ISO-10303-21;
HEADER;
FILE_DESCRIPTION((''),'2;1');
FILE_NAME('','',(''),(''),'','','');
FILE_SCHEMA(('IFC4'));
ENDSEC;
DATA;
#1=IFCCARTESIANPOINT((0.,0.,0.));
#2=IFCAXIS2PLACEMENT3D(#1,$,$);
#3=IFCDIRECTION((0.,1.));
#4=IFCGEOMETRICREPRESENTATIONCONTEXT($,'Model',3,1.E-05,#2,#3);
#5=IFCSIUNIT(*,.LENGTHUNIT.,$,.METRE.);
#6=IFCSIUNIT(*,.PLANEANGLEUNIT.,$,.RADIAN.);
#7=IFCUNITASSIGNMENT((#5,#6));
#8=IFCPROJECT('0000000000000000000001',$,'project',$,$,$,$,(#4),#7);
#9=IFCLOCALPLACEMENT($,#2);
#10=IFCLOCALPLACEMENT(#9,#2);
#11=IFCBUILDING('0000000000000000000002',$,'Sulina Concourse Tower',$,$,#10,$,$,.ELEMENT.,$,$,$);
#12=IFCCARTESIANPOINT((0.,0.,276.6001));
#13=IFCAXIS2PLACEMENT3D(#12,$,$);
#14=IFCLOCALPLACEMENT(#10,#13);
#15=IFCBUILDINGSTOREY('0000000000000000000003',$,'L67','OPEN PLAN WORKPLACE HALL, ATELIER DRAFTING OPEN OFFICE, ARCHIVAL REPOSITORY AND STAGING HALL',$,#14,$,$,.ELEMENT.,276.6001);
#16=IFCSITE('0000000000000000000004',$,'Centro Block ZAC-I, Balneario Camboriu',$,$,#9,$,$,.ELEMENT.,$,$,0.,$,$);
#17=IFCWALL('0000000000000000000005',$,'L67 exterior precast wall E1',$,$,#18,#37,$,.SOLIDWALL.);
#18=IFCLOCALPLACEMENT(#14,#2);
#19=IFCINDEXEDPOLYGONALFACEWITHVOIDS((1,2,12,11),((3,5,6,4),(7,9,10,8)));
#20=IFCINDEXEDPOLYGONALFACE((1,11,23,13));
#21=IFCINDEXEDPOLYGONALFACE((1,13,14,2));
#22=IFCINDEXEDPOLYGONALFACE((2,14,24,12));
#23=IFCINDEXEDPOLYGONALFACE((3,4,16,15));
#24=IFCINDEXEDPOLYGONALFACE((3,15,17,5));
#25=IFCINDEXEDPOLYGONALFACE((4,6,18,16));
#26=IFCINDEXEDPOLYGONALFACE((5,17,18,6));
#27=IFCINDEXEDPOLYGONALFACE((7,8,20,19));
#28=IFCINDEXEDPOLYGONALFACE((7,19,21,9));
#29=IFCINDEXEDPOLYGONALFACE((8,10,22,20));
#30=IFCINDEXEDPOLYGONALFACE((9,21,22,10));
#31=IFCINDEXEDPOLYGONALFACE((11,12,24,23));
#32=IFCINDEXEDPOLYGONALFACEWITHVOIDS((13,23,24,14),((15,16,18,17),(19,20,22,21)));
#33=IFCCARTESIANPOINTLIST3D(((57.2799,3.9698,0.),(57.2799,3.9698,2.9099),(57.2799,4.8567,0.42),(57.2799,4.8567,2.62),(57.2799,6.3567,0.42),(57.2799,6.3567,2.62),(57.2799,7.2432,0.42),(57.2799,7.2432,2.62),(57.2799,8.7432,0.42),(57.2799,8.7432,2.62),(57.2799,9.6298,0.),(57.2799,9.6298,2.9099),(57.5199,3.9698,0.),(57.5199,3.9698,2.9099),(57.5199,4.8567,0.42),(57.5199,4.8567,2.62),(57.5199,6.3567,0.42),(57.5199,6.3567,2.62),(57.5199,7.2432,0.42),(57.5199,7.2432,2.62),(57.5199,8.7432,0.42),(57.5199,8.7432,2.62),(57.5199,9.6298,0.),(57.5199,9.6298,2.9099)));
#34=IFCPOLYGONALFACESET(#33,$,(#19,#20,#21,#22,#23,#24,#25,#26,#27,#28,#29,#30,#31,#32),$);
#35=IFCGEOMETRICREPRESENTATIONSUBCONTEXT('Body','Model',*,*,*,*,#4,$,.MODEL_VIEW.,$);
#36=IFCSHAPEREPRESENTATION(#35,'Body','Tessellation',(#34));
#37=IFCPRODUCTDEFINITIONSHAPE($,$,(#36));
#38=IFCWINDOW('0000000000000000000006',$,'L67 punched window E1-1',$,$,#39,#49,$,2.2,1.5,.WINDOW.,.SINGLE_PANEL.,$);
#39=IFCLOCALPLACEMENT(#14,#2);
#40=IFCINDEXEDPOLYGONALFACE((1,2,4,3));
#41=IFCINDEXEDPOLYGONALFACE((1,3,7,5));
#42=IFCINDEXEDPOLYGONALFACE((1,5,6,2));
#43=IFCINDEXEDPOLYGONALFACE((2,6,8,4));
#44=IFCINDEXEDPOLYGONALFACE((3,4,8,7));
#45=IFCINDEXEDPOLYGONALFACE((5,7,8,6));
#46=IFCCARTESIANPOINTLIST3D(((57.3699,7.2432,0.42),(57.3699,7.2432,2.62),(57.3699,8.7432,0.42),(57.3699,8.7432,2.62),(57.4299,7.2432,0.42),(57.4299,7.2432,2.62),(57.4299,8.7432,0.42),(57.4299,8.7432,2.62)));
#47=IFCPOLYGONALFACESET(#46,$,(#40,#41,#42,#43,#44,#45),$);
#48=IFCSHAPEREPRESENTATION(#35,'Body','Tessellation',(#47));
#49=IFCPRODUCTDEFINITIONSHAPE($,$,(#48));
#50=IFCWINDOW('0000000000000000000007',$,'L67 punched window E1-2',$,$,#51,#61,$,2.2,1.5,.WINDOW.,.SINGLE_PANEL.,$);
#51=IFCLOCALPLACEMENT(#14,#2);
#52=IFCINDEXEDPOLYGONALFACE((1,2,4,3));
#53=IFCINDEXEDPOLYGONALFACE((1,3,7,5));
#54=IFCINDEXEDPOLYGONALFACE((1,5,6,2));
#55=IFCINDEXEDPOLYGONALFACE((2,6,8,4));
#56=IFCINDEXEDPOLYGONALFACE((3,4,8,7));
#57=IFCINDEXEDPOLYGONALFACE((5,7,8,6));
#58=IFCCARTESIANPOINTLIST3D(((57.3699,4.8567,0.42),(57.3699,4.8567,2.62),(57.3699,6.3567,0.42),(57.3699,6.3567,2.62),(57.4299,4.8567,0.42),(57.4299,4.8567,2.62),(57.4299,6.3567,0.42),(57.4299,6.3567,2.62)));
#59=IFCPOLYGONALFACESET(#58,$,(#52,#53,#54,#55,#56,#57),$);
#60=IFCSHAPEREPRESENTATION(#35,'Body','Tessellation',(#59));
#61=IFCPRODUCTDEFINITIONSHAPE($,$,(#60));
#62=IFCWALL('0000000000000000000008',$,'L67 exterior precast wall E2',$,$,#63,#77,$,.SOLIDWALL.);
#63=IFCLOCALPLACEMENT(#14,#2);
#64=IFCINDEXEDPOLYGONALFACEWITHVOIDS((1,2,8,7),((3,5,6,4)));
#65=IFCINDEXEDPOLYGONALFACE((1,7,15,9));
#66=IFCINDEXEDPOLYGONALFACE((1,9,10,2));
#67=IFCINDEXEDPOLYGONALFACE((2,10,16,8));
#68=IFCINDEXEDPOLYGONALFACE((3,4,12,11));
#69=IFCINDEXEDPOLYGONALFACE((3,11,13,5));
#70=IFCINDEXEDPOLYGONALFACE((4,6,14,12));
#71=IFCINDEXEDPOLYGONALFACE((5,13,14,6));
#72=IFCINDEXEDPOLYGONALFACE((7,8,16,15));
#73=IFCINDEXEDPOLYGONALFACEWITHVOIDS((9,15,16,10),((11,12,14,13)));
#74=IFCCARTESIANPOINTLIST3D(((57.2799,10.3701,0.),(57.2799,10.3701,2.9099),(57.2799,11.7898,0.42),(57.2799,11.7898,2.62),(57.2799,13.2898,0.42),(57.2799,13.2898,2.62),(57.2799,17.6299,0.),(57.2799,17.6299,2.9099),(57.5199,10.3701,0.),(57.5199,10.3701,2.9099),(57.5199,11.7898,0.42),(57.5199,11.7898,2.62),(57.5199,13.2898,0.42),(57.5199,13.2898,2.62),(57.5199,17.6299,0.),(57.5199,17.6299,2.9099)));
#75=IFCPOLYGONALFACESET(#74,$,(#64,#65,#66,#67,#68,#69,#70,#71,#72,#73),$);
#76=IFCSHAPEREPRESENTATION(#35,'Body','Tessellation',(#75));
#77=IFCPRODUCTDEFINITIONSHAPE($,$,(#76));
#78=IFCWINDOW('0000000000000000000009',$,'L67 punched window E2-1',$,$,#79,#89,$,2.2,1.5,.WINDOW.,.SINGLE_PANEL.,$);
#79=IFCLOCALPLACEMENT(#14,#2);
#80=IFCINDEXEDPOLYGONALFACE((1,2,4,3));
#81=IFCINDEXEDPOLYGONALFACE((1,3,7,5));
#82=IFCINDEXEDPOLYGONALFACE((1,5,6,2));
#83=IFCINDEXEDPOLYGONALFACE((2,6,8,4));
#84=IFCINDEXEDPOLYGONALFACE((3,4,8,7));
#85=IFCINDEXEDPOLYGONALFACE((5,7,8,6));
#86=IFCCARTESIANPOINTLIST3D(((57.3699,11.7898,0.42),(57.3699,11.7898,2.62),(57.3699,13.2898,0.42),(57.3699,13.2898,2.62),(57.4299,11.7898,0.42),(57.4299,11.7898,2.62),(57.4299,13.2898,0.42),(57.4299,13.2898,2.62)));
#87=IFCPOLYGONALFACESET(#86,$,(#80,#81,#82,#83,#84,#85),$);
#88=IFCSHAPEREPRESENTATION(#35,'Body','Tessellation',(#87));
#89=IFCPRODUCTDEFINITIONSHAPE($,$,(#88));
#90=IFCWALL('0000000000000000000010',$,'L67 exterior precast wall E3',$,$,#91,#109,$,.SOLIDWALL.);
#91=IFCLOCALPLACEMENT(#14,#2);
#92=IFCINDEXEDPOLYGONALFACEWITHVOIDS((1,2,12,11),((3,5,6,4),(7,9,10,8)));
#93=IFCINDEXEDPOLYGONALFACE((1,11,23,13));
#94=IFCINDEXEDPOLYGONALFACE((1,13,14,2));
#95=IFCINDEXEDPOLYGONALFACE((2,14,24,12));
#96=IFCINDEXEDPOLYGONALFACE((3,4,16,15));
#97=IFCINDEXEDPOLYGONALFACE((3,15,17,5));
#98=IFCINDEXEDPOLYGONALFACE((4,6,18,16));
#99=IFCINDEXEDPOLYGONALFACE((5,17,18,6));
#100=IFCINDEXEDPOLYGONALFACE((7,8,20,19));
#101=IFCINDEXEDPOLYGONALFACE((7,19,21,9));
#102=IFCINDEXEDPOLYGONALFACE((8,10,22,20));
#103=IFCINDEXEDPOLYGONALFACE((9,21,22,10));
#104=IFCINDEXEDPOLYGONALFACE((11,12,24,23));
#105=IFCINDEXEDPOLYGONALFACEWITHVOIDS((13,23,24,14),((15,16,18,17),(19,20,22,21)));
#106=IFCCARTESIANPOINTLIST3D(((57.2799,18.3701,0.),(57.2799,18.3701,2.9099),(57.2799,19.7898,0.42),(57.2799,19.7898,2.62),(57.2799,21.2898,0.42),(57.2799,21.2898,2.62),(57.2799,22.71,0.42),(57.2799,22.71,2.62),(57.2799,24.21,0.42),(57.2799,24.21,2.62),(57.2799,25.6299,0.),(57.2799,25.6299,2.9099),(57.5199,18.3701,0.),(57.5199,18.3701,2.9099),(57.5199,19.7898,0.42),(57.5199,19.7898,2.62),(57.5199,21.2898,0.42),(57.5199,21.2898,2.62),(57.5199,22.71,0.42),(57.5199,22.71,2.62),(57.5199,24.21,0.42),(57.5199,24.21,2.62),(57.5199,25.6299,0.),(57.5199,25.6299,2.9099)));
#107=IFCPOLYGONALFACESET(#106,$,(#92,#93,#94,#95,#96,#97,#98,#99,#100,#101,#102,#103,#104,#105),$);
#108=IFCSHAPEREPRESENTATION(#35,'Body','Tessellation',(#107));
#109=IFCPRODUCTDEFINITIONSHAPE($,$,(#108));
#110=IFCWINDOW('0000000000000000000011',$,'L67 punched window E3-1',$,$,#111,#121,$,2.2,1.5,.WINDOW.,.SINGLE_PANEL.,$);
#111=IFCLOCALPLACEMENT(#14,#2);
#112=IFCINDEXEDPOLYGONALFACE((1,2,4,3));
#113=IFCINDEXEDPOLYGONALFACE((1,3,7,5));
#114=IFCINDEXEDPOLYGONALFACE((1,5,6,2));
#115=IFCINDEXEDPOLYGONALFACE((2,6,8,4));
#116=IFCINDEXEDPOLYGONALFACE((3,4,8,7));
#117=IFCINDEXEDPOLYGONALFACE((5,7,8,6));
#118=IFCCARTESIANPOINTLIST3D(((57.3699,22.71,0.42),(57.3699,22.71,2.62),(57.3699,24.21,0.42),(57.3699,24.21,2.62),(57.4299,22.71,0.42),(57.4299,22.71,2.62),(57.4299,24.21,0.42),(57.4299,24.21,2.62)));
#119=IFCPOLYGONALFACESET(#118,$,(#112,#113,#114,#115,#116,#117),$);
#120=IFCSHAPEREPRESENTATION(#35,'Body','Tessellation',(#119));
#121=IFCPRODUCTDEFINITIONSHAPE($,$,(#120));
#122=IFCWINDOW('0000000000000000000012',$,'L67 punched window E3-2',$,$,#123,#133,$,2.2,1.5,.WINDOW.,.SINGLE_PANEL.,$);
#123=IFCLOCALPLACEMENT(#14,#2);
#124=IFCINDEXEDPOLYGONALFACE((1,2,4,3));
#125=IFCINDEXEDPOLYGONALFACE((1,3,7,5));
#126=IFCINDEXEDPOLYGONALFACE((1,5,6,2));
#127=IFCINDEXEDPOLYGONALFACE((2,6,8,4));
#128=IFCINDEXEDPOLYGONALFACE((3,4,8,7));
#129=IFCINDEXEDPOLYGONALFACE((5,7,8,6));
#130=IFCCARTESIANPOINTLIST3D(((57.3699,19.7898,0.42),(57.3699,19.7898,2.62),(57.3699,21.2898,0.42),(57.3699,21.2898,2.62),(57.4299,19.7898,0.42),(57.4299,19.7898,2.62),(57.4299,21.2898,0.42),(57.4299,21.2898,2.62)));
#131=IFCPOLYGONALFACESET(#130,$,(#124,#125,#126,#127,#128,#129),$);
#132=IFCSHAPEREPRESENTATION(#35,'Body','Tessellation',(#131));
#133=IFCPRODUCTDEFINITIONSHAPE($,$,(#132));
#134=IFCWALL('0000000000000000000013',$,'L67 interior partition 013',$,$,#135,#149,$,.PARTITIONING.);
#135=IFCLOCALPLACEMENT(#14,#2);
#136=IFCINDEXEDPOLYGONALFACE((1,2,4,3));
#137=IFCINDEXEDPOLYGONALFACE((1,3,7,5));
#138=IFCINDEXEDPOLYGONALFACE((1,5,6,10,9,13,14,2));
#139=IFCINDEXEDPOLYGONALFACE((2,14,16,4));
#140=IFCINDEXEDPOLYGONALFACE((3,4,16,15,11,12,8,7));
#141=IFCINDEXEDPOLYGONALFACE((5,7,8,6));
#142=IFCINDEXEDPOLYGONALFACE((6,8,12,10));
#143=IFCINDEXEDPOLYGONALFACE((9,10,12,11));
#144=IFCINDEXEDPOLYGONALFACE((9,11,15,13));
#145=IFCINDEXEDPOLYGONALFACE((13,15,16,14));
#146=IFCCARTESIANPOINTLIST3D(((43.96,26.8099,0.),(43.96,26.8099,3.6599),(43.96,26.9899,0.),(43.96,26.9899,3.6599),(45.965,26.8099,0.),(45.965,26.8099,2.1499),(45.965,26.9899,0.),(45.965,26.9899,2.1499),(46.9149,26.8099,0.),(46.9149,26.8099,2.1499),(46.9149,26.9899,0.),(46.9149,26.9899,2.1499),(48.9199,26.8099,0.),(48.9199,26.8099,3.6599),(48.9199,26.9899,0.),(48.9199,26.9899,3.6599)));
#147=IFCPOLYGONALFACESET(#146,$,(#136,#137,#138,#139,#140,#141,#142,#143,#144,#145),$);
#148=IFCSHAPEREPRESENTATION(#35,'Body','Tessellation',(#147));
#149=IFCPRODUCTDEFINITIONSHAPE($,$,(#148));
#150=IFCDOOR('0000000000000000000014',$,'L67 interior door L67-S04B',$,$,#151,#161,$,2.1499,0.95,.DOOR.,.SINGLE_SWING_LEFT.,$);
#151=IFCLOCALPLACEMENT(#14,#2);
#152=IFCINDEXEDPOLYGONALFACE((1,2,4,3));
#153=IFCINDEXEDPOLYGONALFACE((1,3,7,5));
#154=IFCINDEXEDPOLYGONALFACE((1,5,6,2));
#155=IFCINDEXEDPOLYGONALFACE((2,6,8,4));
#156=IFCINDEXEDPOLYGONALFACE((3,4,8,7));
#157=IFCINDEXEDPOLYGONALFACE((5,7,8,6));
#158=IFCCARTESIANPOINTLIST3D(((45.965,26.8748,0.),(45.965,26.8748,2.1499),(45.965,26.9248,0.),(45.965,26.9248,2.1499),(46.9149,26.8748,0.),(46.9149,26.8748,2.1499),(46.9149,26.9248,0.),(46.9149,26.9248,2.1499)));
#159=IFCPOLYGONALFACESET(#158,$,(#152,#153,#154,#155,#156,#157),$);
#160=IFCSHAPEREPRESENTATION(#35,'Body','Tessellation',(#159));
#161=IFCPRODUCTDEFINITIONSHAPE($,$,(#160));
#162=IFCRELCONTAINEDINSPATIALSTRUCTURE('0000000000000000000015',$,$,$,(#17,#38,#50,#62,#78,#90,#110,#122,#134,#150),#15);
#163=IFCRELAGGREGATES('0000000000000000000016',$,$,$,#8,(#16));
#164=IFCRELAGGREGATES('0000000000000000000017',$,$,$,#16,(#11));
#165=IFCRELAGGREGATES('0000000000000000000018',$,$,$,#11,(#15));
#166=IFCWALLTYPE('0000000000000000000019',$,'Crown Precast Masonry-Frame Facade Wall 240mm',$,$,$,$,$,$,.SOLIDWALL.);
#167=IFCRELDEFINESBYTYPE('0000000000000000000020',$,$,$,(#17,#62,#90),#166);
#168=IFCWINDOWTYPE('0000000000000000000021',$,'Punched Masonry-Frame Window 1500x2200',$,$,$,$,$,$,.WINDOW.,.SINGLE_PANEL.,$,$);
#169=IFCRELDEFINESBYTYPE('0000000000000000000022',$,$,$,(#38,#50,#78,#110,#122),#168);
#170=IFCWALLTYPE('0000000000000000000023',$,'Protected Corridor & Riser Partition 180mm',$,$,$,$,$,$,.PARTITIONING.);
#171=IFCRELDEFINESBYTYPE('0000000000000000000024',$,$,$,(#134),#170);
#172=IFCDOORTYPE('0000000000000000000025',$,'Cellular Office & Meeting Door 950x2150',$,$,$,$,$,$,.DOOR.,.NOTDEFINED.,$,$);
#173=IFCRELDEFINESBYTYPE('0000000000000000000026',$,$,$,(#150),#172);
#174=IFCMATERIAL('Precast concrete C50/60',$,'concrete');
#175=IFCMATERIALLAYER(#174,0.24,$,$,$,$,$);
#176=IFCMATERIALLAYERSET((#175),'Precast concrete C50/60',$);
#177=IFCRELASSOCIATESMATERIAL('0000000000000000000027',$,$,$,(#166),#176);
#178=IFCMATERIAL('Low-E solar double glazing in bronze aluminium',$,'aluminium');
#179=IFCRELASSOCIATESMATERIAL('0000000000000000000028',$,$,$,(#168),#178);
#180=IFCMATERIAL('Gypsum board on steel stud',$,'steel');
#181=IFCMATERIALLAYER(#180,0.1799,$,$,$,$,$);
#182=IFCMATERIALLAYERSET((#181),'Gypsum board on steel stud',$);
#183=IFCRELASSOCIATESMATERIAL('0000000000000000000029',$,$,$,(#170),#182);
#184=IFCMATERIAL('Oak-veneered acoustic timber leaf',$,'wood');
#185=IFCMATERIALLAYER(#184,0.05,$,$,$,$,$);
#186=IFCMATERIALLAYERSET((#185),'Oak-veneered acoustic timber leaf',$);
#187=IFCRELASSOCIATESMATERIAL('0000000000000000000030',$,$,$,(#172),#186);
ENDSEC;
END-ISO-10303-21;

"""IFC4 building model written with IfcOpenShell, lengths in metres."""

from ifc_helpers import new_model, si_unit, direction, frame, frame_2d, origin, place, context, subcontext, project, spatial, rectangle, extrude, material, layer, layer_set, type_object, element, fill, save


model = new_model("IFC4")

# Units and contexts
model_context = context("Model", 3, precision=1e-05, world=origin(), true_north=direction((0.0, 1.0)))
body_context = subcontext(model_context, "Body", "Model", "MODEL_VIEW")
ifc_project = project(units=[si_unit("LENGTHUNIT", "METRE"), si_unit("PLANEANGLEUNIT", "RADIAN")], contexts=[model_context])

# Site, building, storey
site_placement = place(None, origin())
site = spatial("IfcSite", under=ifc_project, at=site_placement, Name="Centro Block ZAC-I, Balneario Camboriu", CompositionType="ELEMENT", RefElevation=0.0)
building_placement = place(site_placement, origin())
building = spatial("IfcBuilding", under=site, at=building_placement, Name="Sulina Concourse Tower", CompositionType="ELEMENT")
storey_placement = place(building_placement, frame((0.0, 0.0, 276.6001)))
storey = spatial("IfcBuildingStorey", under=building, at=storey_placement, Name="L67", Description="OPEN PLAN WORKPLACE HALL, ATELIER DRAFTING OPEN OFFICE, ARCHIVAL REPOSITORY AND STAGING HALL", CompositionType="ELEMENT", Elevation=276.6001)

# Wall, openings, windows
ifc_material_1 = material(Name="Precast concrete C50/60", Category="concrete")
ifc_layer_1 = layer(ifc_material_1, 0.24)
ifc_layer_set_1 = layer_set([ifc_layer_1], Name="Precast concrete C50/60")
wall_type_1 = type_object("IfcWallType", Name="Crown Precast Masonry-Frame Facade Wall 240mm", PredefinedType="SOLIDWALL", material=ifc_layer_set_1)
wall_1_placement = place(storey_placement, frame((57.3999, 9.6299, 0.0), z_axis=(0.0, 0.0, 1.0), x_axis=(0.0, -1.0, 0.0)))
wall_1 = element("IfcWall", 1, at=wall_1_placement, inside=storey, type_object=wall_type_1, Name="L67 exterior precast wall E1", PredefinedType="SOLIDWALL", context=body_context, shape_type="SweptSolid", body=[
    extrude(rectangle(XDim=5.6599, YDim=0.24, at=frame_2d((2.8301, 0.0))), origin(), (0.0, 0.0, 1.0), 2.9099),
])
opening_1_placement = place(wall_1_placement, frame((0.8867, 0.0, 0.4199)))
opening_1 = element("IfcOpeningElement", 2, at=opening_1_placement, cuts=wall_1, PredefinedType="OPENING", context=body_context, shape_type="SweptSolid", body=[
    extrude(rectangle(XDim=1.5, YDim=2.2, at=frame_2d((0.75, 1.1001))), frame((0.0, 0.1299, 0.0), z_axis=(0.0, -1.0, 0.0), x_axis=(1.0, 0.0, 0.0)), (0.0, 0.0, 1.0), 0.26),
])
opening_2_placement = place(wall_1_placement, frame((3.2732, 0.0, 0.4199)))
opening_2 = element("IfcOpeningElement", 3, at=opening_2_placement, cuts=wall_1, PredefinedType="OPENING", context=body_context, shape_type="SweptSolid", body=[
    extrude(rectangle(XDim=1.5, YDim=2.2, at=frame_2d((0.75, 1.1001))), frame((0.0, 0.1299, 0.0), z_axis=(0.0, -1.0, 0.0), x_axis=(1.0, 0.0, 0.0)), (0.0, 0.0, 1.0), 0.26),
])
ifc_material_2 = material(Name="Low-E solar double glazing in bronze aluminium", Category="aluminium")
window_type = type_object("IfcWindowType", Name="Punched Masonry-Frame Window 1500x2200", PartitioningType="SINGLE_PANEL", PredefinedType="WINDOW", material=ifc_material_2)
window_1_placement = place(opening_1_placement, origin())
window_1 = element("IfcWindow", 4, at=window_1_placement, inside=storey, type_object=window_type, Name="L67 punched window E1-1", OverallHeight=2.2, OverallWidth=1.5, PartitioningType="SINGLE_PANEL", PredefinedType="WINDOW", context=body_context, shape_type="SweptSolid", body=[
    extrude(rectangle(XDim=1.5, YDim=2.2, at=frame_2d((0.75, 1.1001))), frame((0.0, 0.03, 0.0), z_axis=(0.0, -1.0, 0.0), x_axis=(1.0, 0.0, 0.0)), (0.0, 0.0, 1.0), 0.0601),
])
fill(opening_1, window_1)
window_2_placement = place(opening_2_placement, origin())
window_2 = element("IfcWindow", 5, at=window_2_placement, inside=storey, type_object=window_type, Name="L67 punched window E1-2", OverallHeight=2.2, OverallWidth=1.5, PartitioningType="SINGLE_PANEL", PredefinedType="WINDOW", context=body_context, shape_type="SweptSolid", body=[
    extrude(rectangle(XDim=1.5, YDim=2.2, at=frame_2d((0.75, 1.1001))), frame((0.0, 0.03, 0.0), z_axis=(0.0, -1.0, 0.0), x_axis=(1.0, 0.0, 0.0)), (0.0, 0.0, 1.0), 0.0601),
])
fill(opening_2, window_2)

# Wall, opening, window
wall_2_placement = place(storey_placement, frame((57.3999, 17.6299, 0.0), z_axis=(0.0, 0.0, 1.0), x_axis=(0.0, -1.0, 0.0)))
wall_2 = element("IfcWall", 6, at=wall_2_placement, inside=storey, type_object=wall_type_1, Name="L67 exterior precast wall E2", PredefinedType="SOLIDWALL", context=body_context, shape_type="SweptSolid", body=[
    extrude(rectangle(XDim=7.2598, YDim=0.24, at=frame_2d((3.6299, 0.0))), origin(), (0.0, 0.0, 1.0), 2.9099),
])
opening_3_placement = place(wall_2_placement, frame((4.3401, 0.0, 0.4199)))
opening_3 = element("IfcOpeningElement", 7, at=opening_3_placement, cuts=wall_2, PredefinedType="OPENING", context=body_context, shape_type="SweptSolid", body=[
    extrude(rectangle(XDim=1.5, YDim=2.2, at=frame_2d((0.75, 1.1001))), frame((0.0, 0.1299, 0.0), z_axis=(0.0, -1.0, 0.0), x_axis=(1.0, 0.0, 0.0)), (0.0, 0.0, 1.0), 0.26),
])
window_3_placement = place(opening_3_placement, origin())
window_3 = element("IfcWindow", 8, at=window_3_placement, inside=storey, type_object=window_type, Name="L67 punched window E2-1", OverallHeight=2.2, OverallWidth=1.5, PartitioningType="SINGLE_PANEL", PredefinedType="WINDOW", context=body_context, shape_type="SweptSolid", body=[
    extrude(rectangle(XDim=1.5, YDim=2.2, at=frame_2d((0.75, 1.1001))), frame((0.0, 0.03, 0.0), z_axis=(0.0, -1.0, 0.0), x_axis=(1.0, 0.0, 0.0)), (0.0, 0.0, 1.0), 0.0601),
])
fill(opening_3, window_3)

# Wall, openings, windows
wall_3_placement = place(storey_placement, frame((57.3999, 25.6299, 0.0), z_axis=(0.0, 0.0, 1.0), x_axis=(0.0, -1.0, 0.0)))
wall_3 = element("IfcWall", 9, at=wall_3_placement, inside=storey, type_object=wall_type_1, Name="L67 exterior precast wall E3", PredefinedType="SOLIDWALL", context=body_context, shape_type="SweptSolid", body=[
    extrude(rectangle(XDim=7.2598, YDim=0.24, at=frame_2d((3.6299, 0.0))), origin(), (0.0, 0.0, 1.0), 2.9099),
])
opening_4_placement = place(wall_3_placement, frame((1.4199, 0.0, 0.4199)))
opening_4 = element("IfcOpeningElement", 10, at=opening_4_placement, cuts=wall_3, PredefinedType="OPENING", context=body_context, shape_type="SweptSolid", body=[
    extrude(rectangle(XDim=1.5, YDim=2.2, at=frame_2d((0.75, 1.1001))), frame((0.0, 0.1299, 0.0), z_axis=(0.0, -1.0, 0.0), x_axis=(1.0, 0.0, 0.0)), (0.0, 0.0, 1.0), 0.26),
])
opening_5_placement = place(wall_3_placement, frame((4.3401, 0.0, 0.4199)))
opening_5 = element("IfcOpeningElement", 11, at=opening_5_placement, cuts=wall_3, PredefinedType="OPENING", context=body_context, shape_type="SweptSolid", body=[
    extrude(rectangle(XDim=1.5, YDim=2.2, at=frame_2d((0.75, 1.1001))), frame((0.0, 0.1299, 0.0), z_axis=(0.0, -1.0, 0.0), x_axis=(1.0, 0.0, 0.0)), (0.0, 0.0, 1.0), 0.26),
])
window_4_placement = place(opening_4_placement, origin())
window_4 = element("IfcWindow", 12, at=window_4_placement, inside=storey, type_object=window_type, Name="L67 punched window E3-1", OverallHeight=2.2, OverallWidth=1.5, PartitioningType="SINGLE_PANEL", PredefinedType="WINDOW", context=body_context, shape_type="SweptSolid", body=[
    extrude(rectangle(XDim=1.5, YDim=2.2, at=frame_2d((0.75, 1.1001))), frame((0.0, 0.03, 0.0), z_axis=(0.0, -1.0, 0.0), x_axis=(1.0, 0.0, 0.0)), (0.0, 0.0, 1.0), 0.0601),
])
fill(opening_4, window_4)
window_5_placement = place(opening_5_placement, origin())
window_5 = element("IfcWindow", 13, at=window_5_placement, inside=storey, type_object=window_type, Name="L67 punched window E3-2", OverallHeight=2.2, OverallWidth=1.5, PartitioningType="SINGLE_PANEL", PredefinedType="WINDOW", context=body_context, shape_type="SweptSolid", body=[
    extrude(rectangle(XDim=1.5, YDim=2.2, at=frame_2d((0.75, 1.1001))), frame((0.0, 0.03, 0.0), z_axis=(0.0, -1.0, 0.0), x_axis=(1.0, 0.0, 0.0)), (0.0, 0.0, 1.0), 0.0601),
])
fill(opening_5, window_5)

# Wall, opening, door
ifc_material_3 = material(Name="Gypsum board on steel stud", Category="steel")
ifc_layer_2 = layer(ifc_material_3, 0.1799)
ifc_layer_set_2 = layer_set([ifc_layer_2], Name="Gypsum board on steel stud")
wall_type_2 = type_object("IfcWallType", Name="Protected Corridor & Riser Partition 180mm", PredefinedType="PARTITIONING", material=ifc_layer_set_2)
wall_4_placement = place(storey_placement, frame((43.96, 26.8999, 0.0), z_axis=(0.0, 0.0, 1.0), x_axis=(1.0, 0.0, 0.0)))
wall_4 = element("IfcWall", 14, at=wall_4_placement, inside=storey, type_object=wall_type_2, Name="L67 interior partition 013", PredefinedType="PARTITIONING", context=body_context, shape_type="SweptSolid", body=[
    extrude(rectangle(XDim=4.96, YDim=0.1799, at=frame_2d((2.48, 0.0))), origin(), (0.0, 0.0, 1.0), 3.6599),
])
opening_6_placement = place(wall_4_placement, frame((2.0049, 0.0, 0.0)))
opening_6 = element("IfcOpeningElement", 15, at=opening_6_placement, cuts=wall_4, PredefinedType="OPENING", context=body_context, shape_type="SweptSolid", body=[
    extrude(rectangle(XDim=0.95, YDim=2.1499, at=frame_2d((0.4751, 1.075))), frame((0.0, 0.0999, 0.0), z_axis=(0.0, -1.0, 0.0), x_axis=(1.0, 0.0, 0.0)), (0.0, 0.0, 1.0), 0.2),
])
ifc_material_4 = material(Name="Oak-veneered acoustic timber leaf", Category="wood")
ifc_layer_3 = layer(ifc_material_4, 0.05)
ifc_layer_set_3 = layer_set([ifc_layer_3], Name="Oak-veneered acoustic timber leaf")
door_type_1 = type_object("IfcDoorType", Name="Cellular Office & Meeting Door 950x2150", OperationType="NOTDEFINED", PredefinedType="DOOR", material=ifc_layer_set_3)
door_1_placement = place(opening_6_placement, origin())
door_1 = element("IfcDoor", 16, at=door_1_placement, inside=storey, type_object=door_type_1, Name="L67 interior door L67-S04B", OperationType="SINGLE_SWING_LEFT", OverallHeight=2.1499, OverallWidth=0.95, PredefinedType="DOOR", context=body_context, shape_type="SweptSolid", body=[
    extrude(rectangle(XDim=0.95, YDim=2.1499, at=frame_2d((0.4751, 1.075))), frame((0.0, 0.0249, 0.0), z_axis=(0.0, -1.0, 0.0), x_axis=(1.0, 0.0, 0.0)), (0.0, 0.0, 1.0), 0.05),
])
fill(opening_6, door_1)

save(model, "model.ifc")
